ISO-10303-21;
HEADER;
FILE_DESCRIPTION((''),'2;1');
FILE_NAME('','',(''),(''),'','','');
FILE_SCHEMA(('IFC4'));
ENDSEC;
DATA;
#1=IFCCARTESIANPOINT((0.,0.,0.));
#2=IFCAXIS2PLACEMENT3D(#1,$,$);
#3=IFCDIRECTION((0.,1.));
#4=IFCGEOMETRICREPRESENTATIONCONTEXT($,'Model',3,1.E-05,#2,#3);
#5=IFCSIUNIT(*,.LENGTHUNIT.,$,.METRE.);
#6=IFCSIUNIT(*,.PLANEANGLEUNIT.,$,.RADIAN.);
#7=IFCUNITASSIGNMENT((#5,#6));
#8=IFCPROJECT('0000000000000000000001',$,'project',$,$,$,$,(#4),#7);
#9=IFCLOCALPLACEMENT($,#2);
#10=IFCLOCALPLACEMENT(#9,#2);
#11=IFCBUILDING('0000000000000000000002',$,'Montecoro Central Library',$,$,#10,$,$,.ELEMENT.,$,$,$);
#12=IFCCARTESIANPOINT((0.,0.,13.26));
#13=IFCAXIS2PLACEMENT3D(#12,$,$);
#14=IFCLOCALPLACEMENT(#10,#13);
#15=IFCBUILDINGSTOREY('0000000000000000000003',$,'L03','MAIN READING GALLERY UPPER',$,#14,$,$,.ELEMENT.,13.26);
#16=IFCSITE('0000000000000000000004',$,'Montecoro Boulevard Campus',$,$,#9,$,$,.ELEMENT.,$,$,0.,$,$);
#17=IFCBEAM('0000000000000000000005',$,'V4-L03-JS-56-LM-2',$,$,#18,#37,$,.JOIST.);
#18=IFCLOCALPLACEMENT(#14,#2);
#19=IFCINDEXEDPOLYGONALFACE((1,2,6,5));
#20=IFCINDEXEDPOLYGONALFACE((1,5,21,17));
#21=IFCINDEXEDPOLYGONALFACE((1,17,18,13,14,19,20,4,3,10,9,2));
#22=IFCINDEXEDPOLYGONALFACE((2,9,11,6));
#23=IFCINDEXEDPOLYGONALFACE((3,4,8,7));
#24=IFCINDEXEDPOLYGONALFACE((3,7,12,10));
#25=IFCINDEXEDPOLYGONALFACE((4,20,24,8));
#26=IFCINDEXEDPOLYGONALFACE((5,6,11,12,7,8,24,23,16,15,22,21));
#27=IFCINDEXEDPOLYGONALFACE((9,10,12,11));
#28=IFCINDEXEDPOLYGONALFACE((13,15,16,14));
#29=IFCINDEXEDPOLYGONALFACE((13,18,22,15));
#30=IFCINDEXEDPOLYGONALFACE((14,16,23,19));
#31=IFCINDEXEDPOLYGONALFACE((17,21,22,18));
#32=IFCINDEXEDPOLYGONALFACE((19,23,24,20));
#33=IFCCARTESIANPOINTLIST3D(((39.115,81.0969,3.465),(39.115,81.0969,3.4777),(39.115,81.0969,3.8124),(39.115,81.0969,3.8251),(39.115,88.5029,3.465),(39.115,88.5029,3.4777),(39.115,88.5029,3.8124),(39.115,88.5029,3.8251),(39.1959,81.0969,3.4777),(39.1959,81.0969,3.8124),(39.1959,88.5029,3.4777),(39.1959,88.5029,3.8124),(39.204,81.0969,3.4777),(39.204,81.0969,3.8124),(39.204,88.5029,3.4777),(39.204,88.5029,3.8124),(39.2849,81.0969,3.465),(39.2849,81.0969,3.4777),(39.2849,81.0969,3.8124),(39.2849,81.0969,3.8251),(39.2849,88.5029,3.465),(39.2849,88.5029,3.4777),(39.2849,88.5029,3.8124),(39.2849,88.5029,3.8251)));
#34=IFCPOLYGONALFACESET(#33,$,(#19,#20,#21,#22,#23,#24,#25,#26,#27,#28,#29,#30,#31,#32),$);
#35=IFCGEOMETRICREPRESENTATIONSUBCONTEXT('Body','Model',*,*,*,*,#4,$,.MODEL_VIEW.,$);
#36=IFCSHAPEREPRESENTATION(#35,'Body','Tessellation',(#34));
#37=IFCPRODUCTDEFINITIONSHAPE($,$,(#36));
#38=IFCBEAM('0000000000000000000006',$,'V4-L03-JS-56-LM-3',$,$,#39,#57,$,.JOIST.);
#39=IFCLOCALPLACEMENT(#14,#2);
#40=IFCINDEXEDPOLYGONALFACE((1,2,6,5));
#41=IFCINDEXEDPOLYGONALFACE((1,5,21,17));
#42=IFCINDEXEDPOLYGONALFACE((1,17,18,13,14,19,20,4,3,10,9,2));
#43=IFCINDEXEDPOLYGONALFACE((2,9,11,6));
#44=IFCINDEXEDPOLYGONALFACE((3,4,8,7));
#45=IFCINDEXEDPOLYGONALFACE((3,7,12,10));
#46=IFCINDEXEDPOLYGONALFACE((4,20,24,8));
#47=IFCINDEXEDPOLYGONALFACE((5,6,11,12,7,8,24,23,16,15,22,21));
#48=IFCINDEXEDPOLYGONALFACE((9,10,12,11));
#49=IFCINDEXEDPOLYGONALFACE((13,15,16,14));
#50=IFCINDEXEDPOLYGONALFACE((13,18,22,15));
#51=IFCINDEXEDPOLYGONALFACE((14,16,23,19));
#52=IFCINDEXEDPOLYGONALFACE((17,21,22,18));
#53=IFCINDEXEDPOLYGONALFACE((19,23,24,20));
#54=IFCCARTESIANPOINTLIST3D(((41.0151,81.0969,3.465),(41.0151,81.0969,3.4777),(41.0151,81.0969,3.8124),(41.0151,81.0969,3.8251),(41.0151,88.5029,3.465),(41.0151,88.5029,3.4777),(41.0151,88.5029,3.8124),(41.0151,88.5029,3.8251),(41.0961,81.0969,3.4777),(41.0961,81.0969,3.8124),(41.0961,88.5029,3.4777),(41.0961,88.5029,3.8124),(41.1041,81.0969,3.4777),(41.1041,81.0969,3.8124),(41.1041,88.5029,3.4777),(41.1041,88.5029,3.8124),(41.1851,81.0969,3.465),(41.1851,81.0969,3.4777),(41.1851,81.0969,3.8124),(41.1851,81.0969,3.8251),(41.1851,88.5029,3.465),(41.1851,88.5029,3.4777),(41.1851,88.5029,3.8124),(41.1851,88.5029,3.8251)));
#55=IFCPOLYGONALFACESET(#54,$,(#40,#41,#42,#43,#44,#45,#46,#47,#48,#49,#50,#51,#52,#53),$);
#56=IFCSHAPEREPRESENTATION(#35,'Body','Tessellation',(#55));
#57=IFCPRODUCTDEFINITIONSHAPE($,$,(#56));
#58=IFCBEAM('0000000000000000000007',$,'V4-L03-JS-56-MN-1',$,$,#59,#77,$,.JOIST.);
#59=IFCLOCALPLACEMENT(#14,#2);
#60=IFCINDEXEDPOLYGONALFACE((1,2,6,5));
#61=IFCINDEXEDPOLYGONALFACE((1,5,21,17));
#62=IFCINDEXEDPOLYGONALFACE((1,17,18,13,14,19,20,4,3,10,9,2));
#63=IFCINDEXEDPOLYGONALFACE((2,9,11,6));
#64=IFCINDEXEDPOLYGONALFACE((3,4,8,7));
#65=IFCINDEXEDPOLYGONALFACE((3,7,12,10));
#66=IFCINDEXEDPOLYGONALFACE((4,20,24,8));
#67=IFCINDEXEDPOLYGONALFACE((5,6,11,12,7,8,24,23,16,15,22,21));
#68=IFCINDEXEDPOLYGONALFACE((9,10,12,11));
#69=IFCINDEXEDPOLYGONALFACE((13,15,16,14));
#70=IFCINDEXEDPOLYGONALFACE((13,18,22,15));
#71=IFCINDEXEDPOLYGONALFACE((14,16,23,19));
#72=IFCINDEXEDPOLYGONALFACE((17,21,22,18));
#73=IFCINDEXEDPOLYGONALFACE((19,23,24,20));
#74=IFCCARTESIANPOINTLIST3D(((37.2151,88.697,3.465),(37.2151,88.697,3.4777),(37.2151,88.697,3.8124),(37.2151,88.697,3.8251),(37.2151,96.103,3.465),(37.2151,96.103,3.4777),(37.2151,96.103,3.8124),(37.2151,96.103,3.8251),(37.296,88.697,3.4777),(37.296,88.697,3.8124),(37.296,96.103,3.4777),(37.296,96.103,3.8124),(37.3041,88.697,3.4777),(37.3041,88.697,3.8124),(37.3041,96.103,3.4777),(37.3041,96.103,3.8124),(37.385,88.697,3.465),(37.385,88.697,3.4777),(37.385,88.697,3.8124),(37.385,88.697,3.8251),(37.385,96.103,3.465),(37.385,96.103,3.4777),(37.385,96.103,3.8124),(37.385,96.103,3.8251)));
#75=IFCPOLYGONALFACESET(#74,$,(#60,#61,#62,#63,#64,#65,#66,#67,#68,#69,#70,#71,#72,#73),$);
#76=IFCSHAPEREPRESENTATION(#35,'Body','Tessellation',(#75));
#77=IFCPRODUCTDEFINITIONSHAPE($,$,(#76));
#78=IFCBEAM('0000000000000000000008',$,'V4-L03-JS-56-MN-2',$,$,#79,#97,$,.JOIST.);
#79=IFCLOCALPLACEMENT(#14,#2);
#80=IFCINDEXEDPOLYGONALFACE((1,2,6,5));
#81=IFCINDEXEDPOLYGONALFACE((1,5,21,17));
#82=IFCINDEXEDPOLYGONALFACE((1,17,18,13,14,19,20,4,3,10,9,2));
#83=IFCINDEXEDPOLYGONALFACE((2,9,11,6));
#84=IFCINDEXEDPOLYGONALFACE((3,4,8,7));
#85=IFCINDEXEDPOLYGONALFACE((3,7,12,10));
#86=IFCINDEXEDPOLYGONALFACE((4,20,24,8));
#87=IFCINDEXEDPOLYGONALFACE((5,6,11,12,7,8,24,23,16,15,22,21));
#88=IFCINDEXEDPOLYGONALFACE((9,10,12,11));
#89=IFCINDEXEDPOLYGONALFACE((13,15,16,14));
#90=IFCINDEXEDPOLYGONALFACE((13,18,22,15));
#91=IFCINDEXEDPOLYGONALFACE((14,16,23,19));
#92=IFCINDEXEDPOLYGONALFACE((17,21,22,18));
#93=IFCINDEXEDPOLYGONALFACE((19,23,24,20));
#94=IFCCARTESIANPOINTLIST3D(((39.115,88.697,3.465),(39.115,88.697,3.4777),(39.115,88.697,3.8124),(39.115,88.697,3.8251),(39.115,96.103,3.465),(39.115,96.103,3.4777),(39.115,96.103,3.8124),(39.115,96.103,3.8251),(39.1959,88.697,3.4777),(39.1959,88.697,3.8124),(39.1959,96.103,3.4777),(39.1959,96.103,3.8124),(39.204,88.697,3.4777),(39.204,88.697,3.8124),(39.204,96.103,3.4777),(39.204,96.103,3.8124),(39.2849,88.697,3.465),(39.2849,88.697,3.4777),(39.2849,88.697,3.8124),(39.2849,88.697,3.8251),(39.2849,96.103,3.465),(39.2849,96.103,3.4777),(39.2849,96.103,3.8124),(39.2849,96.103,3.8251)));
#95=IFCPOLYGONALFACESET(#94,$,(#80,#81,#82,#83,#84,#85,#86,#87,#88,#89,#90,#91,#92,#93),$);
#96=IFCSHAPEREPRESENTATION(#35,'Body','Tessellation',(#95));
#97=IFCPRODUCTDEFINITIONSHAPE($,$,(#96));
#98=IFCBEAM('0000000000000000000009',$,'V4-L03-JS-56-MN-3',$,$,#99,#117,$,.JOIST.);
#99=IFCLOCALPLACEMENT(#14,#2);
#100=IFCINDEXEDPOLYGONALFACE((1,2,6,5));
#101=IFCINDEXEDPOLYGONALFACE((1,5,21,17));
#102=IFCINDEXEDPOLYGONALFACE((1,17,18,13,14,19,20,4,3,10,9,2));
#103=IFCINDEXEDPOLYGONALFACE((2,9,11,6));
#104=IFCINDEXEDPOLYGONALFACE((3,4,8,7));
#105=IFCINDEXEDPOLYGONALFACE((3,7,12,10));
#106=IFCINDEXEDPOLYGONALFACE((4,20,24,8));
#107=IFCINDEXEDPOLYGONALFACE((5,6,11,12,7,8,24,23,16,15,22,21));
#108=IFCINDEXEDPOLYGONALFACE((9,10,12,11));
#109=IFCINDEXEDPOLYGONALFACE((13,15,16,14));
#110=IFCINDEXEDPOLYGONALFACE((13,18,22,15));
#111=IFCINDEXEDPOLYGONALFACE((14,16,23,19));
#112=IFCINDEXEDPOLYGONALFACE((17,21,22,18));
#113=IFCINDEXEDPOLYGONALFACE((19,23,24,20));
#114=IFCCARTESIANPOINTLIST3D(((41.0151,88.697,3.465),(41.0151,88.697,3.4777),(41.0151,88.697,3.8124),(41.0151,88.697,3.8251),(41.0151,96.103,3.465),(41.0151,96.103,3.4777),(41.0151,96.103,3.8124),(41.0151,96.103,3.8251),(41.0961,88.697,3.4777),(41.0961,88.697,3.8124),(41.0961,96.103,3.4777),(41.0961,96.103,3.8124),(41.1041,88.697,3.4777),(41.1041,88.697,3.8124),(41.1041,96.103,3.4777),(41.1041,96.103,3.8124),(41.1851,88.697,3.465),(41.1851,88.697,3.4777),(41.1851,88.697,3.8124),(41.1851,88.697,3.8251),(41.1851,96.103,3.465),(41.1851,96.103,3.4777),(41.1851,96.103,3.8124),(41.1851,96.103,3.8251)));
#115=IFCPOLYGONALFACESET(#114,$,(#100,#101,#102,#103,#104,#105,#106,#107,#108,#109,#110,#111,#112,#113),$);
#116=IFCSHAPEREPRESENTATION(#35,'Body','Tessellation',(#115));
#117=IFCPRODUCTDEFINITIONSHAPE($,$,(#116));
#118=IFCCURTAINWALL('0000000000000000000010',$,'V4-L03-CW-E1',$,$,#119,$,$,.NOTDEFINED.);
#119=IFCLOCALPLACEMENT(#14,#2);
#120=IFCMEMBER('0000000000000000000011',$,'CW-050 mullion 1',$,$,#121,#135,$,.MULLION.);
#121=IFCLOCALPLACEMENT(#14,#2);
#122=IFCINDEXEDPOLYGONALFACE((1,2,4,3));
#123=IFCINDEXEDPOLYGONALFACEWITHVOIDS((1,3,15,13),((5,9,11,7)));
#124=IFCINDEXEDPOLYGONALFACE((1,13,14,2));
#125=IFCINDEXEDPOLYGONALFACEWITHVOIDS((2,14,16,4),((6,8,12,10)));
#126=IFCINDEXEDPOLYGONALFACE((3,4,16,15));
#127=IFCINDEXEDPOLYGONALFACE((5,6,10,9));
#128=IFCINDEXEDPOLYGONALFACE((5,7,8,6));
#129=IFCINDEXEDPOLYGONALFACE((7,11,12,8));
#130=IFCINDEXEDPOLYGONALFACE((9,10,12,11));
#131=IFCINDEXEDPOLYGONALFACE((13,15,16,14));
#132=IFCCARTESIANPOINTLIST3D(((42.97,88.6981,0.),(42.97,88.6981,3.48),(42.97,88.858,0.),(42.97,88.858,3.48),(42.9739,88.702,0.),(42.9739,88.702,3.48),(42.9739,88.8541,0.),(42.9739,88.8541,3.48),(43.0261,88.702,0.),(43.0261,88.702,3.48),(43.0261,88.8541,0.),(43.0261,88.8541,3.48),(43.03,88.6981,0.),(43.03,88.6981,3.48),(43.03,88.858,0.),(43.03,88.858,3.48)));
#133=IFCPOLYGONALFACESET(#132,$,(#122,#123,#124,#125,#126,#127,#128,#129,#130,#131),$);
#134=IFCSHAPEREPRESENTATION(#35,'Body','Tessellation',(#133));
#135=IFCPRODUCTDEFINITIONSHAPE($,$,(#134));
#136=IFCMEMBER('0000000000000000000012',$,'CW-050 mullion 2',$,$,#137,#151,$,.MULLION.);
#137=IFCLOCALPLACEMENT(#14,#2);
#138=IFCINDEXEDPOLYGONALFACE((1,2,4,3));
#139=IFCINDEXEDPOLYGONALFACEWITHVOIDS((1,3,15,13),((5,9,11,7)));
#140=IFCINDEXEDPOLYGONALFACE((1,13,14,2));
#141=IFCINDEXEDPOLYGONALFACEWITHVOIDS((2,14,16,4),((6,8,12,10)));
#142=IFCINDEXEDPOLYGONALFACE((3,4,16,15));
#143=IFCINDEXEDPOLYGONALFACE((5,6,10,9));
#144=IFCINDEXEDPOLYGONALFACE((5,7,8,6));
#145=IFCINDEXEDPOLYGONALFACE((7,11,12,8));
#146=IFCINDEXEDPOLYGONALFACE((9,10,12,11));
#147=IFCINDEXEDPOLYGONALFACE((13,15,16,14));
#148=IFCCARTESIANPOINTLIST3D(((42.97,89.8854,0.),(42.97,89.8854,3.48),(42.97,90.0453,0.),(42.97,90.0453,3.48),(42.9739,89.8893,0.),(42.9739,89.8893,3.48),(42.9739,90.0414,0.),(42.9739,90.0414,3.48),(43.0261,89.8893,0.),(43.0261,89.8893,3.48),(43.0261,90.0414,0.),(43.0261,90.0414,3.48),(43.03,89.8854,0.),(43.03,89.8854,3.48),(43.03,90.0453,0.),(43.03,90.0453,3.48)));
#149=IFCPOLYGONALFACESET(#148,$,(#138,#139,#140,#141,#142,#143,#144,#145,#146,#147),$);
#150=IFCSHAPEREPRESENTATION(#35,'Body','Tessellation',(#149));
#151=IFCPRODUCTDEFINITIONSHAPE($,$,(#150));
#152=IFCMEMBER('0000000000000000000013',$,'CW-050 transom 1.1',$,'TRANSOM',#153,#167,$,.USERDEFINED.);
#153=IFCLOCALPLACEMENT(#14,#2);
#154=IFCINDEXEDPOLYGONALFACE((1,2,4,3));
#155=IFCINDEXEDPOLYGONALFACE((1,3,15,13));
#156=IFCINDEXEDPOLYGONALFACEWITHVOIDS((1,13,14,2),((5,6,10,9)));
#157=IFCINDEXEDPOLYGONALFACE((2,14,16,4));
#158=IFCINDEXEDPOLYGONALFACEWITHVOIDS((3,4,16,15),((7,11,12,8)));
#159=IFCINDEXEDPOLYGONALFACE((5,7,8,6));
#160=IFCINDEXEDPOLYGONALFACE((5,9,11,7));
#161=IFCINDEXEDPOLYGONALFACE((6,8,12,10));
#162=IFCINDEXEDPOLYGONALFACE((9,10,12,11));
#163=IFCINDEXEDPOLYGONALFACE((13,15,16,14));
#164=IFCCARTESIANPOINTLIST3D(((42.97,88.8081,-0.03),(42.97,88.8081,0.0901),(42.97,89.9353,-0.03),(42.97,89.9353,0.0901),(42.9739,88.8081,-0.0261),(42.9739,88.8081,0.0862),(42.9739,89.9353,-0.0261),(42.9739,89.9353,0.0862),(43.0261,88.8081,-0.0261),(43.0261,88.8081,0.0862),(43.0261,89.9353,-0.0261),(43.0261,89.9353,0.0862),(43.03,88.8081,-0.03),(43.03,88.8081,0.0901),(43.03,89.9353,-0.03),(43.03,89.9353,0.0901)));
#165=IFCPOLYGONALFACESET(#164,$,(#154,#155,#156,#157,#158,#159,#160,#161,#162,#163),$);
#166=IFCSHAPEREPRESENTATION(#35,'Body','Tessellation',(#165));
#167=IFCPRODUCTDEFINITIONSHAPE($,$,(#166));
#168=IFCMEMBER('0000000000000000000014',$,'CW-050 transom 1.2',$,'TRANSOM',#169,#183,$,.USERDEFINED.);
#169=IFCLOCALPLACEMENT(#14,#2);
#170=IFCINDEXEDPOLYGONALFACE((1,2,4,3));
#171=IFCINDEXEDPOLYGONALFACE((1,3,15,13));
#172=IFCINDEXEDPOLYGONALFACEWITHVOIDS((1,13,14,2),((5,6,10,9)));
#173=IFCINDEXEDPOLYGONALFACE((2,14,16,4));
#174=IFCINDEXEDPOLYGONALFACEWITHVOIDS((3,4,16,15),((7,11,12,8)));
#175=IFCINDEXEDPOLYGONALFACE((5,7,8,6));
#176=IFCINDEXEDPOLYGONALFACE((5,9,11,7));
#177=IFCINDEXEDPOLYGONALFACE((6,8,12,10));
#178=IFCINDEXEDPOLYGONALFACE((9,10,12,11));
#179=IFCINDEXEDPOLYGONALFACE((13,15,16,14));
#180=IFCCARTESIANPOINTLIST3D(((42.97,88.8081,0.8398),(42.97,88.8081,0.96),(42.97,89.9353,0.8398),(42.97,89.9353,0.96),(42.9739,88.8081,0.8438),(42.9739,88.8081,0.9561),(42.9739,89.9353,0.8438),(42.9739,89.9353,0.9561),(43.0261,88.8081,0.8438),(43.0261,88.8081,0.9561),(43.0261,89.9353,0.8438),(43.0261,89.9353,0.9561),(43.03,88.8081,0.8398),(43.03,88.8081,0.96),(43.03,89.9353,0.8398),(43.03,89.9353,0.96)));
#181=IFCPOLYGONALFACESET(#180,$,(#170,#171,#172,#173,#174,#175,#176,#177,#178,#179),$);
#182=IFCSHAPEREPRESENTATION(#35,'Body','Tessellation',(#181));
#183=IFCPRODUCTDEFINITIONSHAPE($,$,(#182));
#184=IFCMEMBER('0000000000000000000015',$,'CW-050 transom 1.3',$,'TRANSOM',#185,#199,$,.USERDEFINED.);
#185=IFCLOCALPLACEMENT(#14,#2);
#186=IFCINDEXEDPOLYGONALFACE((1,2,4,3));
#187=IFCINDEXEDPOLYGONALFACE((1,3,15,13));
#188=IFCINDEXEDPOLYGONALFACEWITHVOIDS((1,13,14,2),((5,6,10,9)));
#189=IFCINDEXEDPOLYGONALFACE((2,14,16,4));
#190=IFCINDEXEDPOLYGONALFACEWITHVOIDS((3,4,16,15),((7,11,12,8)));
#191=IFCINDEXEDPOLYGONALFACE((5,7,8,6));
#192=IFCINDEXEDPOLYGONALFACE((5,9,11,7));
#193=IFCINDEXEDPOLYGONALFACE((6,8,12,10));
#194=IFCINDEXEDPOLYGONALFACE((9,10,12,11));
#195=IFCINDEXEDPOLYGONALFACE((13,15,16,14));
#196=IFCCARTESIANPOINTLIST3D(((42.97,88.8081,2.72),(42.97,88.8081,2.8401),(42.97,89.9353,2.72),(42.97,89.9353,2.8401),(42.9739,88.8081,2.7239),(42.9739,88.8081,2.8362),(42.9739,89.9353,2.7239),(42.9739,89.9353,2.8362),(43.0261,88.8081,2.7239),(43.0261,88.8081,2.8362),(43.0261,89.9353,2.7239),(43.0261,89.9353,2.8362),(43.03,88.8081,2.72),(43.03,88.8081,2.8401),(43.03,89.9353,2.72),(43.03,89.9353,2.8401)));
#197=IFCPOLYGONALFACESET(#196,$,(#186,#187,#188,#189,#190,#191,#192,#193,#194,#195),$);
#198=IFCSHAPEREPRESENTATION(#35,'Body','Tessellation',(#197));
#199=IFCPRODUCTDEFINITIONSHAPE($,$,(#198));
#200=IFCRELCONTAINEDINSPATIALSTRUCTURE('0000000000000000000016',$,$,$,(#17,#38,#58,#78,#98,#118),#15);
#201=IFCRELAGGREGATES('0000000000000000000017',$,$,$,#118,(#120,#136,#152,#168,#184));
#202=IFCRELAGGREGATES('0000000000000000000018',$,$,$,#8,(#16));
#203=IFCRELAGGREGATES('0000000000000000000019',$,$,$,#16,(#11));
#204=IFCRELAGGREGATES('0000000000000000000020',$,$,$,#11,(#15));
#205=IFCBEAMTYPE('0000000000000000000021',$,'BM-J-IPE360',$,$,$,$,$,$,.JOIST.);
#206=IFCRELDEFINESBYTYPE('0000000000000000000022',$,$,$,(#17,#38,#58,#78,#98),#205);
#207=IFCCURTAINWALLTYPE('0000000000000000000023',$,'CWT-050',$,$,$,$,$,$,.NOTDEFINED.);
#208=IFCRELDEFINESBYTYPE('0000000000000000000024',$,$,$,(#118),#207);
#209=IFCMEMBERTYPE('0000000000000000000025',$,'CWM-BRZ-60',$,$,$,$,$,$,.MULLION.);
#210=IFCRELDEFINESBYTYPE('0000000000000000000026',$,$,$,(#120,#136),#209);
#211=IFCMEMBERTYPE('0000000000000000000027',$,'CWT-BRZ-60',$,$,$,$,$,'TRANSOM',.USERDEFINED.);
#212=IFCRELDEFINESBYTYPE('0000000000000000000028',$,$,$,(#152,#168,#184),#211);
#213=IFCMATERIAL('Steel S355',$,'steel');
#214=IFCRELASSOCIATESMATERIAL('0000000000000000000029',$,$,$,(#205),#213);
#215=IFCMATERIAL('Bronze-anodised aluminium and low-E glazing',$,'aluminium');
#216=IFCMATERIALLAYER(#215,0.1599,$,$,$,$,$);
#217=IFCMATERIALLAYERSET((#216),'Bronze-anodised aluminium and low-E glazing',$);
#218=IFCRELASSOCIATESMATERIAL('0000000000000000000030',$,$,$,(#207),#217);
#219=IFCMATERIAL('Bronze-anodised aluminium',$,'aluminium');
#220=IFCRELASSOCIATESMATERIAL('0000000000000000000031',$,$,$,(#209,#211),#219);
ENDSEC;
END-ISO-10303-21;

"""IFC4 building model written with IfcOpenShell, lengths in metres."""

from ifc_helpers import new_model, si_unit, direction, frame, origin, origin_2d, place, context, subcontext, project, spatial, hollow_rectangle, i_section, extrude, material, layer, layer_set, material_profile, profile_set, type_object, element, aggregate, save


model = new_model("IFC4")

# Units and contexts
model_context = context("Model", 3, precision=1e-05, world=origin(), true_north=direction((0.0, 1.0)))
body_context = subcontext(model_context, "Body", "Model", "MODEL_VIEW")
ifc_project = project(units=[si_unit("LENGTHUNIT", "METRE"), si_unit("PLANEANGLEUNIT", "RADIAN")], contexts=[model_context])

# Site, building, storey
site_placement = place(None, origin())
site = spatial("IfcSite", under=ifc_project, at=site_placement, Name="Montecoro Boulevard Campus", CompositionType="ELEMENT", RefElevation=0.0)
building_placement = place(site_placement, origin())
building = spatial("IfcBuilding", under=site, at=building_placement, Name="Montecoro Central Library", CompositionType="ELEMENT")
storey_placement = place(building_placement, frame((0.0, 0.0, 13.26)))
storey = spatial("IfcBuildingStorey", under=building, at=storey_placement, Name="L03", Description="MAIN READING GALLERY UPPER", CompositionType="ELEMENT", Elevation=13.26)

# Shared definitions
ifc_material_1 = material(Name="Steel S355", Category="steel")

# Beams
ifc_material_profile_1 = material_profile(ifc_material_1, i_section(OverallWidth=0.1699, OverallDepth=0.3601, WebThickness=0.0081, FlangeThickness=0.0127, at=origin_2d()), Name="IPE 360")
ifc_profile_set_1 = profile_set([ifc_material_profile_1], Name="Steel S355")
beam_type_1 = type_object("IfcBeamType", Name="BM-J-IPE360", PredefinedType="JOIST", material=ifc_profile_set_1)
for number, where, z_axis, x_axis, name in (
    (1, (39.2, 81.0969, 3.645), (0.0, 1.0, 0.0), (-1.0, 0.0, 0.0), "V4-L03-JS-56-LM-2"),
    (2, (41.1001, 81.0969, 3.645), (0.0, 1.0, 0.0), (-1.0, 0.0, 0.0), "V4-L03-JS-56-LM-3"),
    (3, (37.3, 88.697, 3.645), (0.0, 1.0, 0.0), (-1.0, 0.0, 0.0), "V4-L03-JS-56-MN-1"),
    (4, (39.2, 88.697, 3.645), (0.0, 1.0, 0.0), (-1.0, 0.0, 0.0), "V4-L03-JS-56-MN-2"),
    (5, (41.1001, 88.697, 3.645), (0.0, 1.0, 0.0), (-1.0, 0.0, 0.0), "V4-L03-JS-56-MN-3"),
):
    element("IfcBeam", number, at=place(storey_placement, frame(where, z_axis=z_axis, x_axis=x_axis)), inside=storey, type_object=beam_type_1, Name=name, PredefinedType="JOIST", context=body_context, shape_type="SweptSolid", body=[
        extrude(i_section(OverallWidth=0.1699, OverallDepth=0.3601, WebThickness=0.0081, FlangeThickness=0.0127, at=origin_2d()), origin(), (0.0, 0.0, 1.0), 7.406),
    ])

# Curtain wall, members
ifc_material_2 = material(Name="Bronze-anodised aluminium and low-E glazing", Category="aluminium")
ifc_layer_1 = layer(ifc_material_2, 0.1599)
ifc_layer_set_1 = layer_set([ifc_layer_1], Name="Bronze-anodised aluminium and low-E glazing")
curtain_wall_type = type_object("IfcCurtainWallType", Name="CWT-050", PredefinedType="NOTDEFINED", material=ifc_layer_set_1)
curtain_wall_placement = place(storey_placement, origin())
curtain_wall = element("IfcCurtainWall", 6, at=curtain_wall_placement, inside=storey, type_object=curtain_wall_type, Name="V4-L03-CW-E1", PredefinedType="NOTDEFINED")
ifc_material_3 = material(Name="Bronze-anodised aluminium", Category="aluminium")
ifc_material_profile_2 = material_profile(ifc_material_3, hollow_rectangle(XDim=0.0601, YDim=0.1599, WallThickness=0.0039, at=origin_2d()), Name="CWM 160x60x4.0")
ifc_profile_set_2 = profile_set([ifc_material_profile_2], Name="Bronze-anodised aluminium")
member_type_1 = type_object("IfcMemberType", Name="CWM-BRZ-60", PredefinedType="MULLION", material=ifc_profile_set_2)
member_1_placement = place(storey_placement, frame((43.0, 88.7781, 0.0), z_axis=(0.0, 0.0, 1.0), x_axis=(-1.0, 0.0, 0.0)))
member_1 = element("IfcMember", 7, at=member_1_placement, type_object=member_type_1, Name="CW-050 mullion 1", PredefinedType="MULLION", context=body_context, shape_type="SweptSolid", body=[
    extrude(hollow_rectangle(XDim=0.0601, YDim=0.1599, WallThickness=0.0039, at=origin_2d()), origin(), (0.0, 0.0, 1.0), 3.48),
])
member_2_placement = place(storey_placement, frame((43.0, 89.9653, 0.0), z_axis=(0.0, 0.0, 1.0), x_axis=(-1.0, 0.0, 0.0)))
member_2 = element("IfcMember", 8, at=member_2_placement, type_object=member_type_1, Name="CW-050 mullion 2", PredefinedType="MULLION", context=body_context, shape_type="SweptSolid", body=[
    extrude(hollow_rectangle(XDim=0.0601, YDim=0.1599, WallThickness=0.0039, at=origin_2d()), origin(), (0.0, 0.0, 1.0), 3.48),
])
ifc_material_profile_3 = material_profile(ifc_material_3, hollow_rectangle(XDim=0.0601, YDim=0.1201, WallThickness=0.0039, at=origin_2d()), Name="CWT 120x60x4.0")
ifc_profile_set_3 = profile_set([ifc_material_profile_3], Name="Bronze-anodised aluminium")
member_type_2 = type_object("IfcMemberType", Name="CWT-BRZ-60", ElementType="TRANSOM", PredefinedType="USERDEFINED", material=ifc_profile_set_3)
member_3_placement = place(storey_placement, frame((43.0, 88.8081, 0.03), z_axis=(0.0, 1.0, 0.0), x_axis=(-1.0, 0.0, 0.0)))
member_3 = element("IfcMember", 9, at=member_3_placement, type_object=member_type_2, Name="CW-050 transom 1.1", ObjectType="TRANSOM", PredefinedType="USERDEFINED", context=body_context, shape_type="SweptSolid", body=[
    extrude(hollow_rectangle(XDim=0.0601, YDim=0.1201, WallThickness=0.0039, at=origin_2d()), origin(), (0.0, 0.0, 1.0), 1.1272),
])
member_4_placement = place(storey_placement, frame((43.0, 88.8081, 0.8999), z_axis=(0.0, 1.0, 0.0), x_axis=(-1.0, 0.0, 0.0)))
member_4 = element("IfcMember", 10, at=member_4_placement, type_object=member_type_2, Name="CW-050 transom 1.2", ObjectType="TRANSOM", PredefinedType="USERDEFINED", context=body_context, shape_type="SweptSolid", body=[
    extrude(hollow_rectangle(XDim=0.0601, YDim=0.1201, WallThickness=0.0039, at=origin_2d()), origin(), (0.0, 0.0, 1.0), 1.1272),
])
member_5_placement = place(storey_placement, frame((43.0, 88.8081, 2.78), z_axis=(0.0, 1.0, 0.0), x_axis=(-1.0, 0.0, 0.0)))
member_5 = element("IfcMember", 11, at=member_5_placement, type_object=member_type_2, Name="CW-050 transom 1.3", ObjectType="TRANSOM", PredefinedType="USERDEFINED", context=body_context, shape_type="SweptSolid", body=[
    extrude(hollow_rectangle(XDim=0.0601, YDim=0.1201, WallThickness=0.0039, at=origin_2d()), origin(), (0.0, 0.0, 1.0), 1.1272),
])
aggregate(curtain_wall, [member_1, member_2, member_3, member_4, member_5])

save(model, "model.ifc")
